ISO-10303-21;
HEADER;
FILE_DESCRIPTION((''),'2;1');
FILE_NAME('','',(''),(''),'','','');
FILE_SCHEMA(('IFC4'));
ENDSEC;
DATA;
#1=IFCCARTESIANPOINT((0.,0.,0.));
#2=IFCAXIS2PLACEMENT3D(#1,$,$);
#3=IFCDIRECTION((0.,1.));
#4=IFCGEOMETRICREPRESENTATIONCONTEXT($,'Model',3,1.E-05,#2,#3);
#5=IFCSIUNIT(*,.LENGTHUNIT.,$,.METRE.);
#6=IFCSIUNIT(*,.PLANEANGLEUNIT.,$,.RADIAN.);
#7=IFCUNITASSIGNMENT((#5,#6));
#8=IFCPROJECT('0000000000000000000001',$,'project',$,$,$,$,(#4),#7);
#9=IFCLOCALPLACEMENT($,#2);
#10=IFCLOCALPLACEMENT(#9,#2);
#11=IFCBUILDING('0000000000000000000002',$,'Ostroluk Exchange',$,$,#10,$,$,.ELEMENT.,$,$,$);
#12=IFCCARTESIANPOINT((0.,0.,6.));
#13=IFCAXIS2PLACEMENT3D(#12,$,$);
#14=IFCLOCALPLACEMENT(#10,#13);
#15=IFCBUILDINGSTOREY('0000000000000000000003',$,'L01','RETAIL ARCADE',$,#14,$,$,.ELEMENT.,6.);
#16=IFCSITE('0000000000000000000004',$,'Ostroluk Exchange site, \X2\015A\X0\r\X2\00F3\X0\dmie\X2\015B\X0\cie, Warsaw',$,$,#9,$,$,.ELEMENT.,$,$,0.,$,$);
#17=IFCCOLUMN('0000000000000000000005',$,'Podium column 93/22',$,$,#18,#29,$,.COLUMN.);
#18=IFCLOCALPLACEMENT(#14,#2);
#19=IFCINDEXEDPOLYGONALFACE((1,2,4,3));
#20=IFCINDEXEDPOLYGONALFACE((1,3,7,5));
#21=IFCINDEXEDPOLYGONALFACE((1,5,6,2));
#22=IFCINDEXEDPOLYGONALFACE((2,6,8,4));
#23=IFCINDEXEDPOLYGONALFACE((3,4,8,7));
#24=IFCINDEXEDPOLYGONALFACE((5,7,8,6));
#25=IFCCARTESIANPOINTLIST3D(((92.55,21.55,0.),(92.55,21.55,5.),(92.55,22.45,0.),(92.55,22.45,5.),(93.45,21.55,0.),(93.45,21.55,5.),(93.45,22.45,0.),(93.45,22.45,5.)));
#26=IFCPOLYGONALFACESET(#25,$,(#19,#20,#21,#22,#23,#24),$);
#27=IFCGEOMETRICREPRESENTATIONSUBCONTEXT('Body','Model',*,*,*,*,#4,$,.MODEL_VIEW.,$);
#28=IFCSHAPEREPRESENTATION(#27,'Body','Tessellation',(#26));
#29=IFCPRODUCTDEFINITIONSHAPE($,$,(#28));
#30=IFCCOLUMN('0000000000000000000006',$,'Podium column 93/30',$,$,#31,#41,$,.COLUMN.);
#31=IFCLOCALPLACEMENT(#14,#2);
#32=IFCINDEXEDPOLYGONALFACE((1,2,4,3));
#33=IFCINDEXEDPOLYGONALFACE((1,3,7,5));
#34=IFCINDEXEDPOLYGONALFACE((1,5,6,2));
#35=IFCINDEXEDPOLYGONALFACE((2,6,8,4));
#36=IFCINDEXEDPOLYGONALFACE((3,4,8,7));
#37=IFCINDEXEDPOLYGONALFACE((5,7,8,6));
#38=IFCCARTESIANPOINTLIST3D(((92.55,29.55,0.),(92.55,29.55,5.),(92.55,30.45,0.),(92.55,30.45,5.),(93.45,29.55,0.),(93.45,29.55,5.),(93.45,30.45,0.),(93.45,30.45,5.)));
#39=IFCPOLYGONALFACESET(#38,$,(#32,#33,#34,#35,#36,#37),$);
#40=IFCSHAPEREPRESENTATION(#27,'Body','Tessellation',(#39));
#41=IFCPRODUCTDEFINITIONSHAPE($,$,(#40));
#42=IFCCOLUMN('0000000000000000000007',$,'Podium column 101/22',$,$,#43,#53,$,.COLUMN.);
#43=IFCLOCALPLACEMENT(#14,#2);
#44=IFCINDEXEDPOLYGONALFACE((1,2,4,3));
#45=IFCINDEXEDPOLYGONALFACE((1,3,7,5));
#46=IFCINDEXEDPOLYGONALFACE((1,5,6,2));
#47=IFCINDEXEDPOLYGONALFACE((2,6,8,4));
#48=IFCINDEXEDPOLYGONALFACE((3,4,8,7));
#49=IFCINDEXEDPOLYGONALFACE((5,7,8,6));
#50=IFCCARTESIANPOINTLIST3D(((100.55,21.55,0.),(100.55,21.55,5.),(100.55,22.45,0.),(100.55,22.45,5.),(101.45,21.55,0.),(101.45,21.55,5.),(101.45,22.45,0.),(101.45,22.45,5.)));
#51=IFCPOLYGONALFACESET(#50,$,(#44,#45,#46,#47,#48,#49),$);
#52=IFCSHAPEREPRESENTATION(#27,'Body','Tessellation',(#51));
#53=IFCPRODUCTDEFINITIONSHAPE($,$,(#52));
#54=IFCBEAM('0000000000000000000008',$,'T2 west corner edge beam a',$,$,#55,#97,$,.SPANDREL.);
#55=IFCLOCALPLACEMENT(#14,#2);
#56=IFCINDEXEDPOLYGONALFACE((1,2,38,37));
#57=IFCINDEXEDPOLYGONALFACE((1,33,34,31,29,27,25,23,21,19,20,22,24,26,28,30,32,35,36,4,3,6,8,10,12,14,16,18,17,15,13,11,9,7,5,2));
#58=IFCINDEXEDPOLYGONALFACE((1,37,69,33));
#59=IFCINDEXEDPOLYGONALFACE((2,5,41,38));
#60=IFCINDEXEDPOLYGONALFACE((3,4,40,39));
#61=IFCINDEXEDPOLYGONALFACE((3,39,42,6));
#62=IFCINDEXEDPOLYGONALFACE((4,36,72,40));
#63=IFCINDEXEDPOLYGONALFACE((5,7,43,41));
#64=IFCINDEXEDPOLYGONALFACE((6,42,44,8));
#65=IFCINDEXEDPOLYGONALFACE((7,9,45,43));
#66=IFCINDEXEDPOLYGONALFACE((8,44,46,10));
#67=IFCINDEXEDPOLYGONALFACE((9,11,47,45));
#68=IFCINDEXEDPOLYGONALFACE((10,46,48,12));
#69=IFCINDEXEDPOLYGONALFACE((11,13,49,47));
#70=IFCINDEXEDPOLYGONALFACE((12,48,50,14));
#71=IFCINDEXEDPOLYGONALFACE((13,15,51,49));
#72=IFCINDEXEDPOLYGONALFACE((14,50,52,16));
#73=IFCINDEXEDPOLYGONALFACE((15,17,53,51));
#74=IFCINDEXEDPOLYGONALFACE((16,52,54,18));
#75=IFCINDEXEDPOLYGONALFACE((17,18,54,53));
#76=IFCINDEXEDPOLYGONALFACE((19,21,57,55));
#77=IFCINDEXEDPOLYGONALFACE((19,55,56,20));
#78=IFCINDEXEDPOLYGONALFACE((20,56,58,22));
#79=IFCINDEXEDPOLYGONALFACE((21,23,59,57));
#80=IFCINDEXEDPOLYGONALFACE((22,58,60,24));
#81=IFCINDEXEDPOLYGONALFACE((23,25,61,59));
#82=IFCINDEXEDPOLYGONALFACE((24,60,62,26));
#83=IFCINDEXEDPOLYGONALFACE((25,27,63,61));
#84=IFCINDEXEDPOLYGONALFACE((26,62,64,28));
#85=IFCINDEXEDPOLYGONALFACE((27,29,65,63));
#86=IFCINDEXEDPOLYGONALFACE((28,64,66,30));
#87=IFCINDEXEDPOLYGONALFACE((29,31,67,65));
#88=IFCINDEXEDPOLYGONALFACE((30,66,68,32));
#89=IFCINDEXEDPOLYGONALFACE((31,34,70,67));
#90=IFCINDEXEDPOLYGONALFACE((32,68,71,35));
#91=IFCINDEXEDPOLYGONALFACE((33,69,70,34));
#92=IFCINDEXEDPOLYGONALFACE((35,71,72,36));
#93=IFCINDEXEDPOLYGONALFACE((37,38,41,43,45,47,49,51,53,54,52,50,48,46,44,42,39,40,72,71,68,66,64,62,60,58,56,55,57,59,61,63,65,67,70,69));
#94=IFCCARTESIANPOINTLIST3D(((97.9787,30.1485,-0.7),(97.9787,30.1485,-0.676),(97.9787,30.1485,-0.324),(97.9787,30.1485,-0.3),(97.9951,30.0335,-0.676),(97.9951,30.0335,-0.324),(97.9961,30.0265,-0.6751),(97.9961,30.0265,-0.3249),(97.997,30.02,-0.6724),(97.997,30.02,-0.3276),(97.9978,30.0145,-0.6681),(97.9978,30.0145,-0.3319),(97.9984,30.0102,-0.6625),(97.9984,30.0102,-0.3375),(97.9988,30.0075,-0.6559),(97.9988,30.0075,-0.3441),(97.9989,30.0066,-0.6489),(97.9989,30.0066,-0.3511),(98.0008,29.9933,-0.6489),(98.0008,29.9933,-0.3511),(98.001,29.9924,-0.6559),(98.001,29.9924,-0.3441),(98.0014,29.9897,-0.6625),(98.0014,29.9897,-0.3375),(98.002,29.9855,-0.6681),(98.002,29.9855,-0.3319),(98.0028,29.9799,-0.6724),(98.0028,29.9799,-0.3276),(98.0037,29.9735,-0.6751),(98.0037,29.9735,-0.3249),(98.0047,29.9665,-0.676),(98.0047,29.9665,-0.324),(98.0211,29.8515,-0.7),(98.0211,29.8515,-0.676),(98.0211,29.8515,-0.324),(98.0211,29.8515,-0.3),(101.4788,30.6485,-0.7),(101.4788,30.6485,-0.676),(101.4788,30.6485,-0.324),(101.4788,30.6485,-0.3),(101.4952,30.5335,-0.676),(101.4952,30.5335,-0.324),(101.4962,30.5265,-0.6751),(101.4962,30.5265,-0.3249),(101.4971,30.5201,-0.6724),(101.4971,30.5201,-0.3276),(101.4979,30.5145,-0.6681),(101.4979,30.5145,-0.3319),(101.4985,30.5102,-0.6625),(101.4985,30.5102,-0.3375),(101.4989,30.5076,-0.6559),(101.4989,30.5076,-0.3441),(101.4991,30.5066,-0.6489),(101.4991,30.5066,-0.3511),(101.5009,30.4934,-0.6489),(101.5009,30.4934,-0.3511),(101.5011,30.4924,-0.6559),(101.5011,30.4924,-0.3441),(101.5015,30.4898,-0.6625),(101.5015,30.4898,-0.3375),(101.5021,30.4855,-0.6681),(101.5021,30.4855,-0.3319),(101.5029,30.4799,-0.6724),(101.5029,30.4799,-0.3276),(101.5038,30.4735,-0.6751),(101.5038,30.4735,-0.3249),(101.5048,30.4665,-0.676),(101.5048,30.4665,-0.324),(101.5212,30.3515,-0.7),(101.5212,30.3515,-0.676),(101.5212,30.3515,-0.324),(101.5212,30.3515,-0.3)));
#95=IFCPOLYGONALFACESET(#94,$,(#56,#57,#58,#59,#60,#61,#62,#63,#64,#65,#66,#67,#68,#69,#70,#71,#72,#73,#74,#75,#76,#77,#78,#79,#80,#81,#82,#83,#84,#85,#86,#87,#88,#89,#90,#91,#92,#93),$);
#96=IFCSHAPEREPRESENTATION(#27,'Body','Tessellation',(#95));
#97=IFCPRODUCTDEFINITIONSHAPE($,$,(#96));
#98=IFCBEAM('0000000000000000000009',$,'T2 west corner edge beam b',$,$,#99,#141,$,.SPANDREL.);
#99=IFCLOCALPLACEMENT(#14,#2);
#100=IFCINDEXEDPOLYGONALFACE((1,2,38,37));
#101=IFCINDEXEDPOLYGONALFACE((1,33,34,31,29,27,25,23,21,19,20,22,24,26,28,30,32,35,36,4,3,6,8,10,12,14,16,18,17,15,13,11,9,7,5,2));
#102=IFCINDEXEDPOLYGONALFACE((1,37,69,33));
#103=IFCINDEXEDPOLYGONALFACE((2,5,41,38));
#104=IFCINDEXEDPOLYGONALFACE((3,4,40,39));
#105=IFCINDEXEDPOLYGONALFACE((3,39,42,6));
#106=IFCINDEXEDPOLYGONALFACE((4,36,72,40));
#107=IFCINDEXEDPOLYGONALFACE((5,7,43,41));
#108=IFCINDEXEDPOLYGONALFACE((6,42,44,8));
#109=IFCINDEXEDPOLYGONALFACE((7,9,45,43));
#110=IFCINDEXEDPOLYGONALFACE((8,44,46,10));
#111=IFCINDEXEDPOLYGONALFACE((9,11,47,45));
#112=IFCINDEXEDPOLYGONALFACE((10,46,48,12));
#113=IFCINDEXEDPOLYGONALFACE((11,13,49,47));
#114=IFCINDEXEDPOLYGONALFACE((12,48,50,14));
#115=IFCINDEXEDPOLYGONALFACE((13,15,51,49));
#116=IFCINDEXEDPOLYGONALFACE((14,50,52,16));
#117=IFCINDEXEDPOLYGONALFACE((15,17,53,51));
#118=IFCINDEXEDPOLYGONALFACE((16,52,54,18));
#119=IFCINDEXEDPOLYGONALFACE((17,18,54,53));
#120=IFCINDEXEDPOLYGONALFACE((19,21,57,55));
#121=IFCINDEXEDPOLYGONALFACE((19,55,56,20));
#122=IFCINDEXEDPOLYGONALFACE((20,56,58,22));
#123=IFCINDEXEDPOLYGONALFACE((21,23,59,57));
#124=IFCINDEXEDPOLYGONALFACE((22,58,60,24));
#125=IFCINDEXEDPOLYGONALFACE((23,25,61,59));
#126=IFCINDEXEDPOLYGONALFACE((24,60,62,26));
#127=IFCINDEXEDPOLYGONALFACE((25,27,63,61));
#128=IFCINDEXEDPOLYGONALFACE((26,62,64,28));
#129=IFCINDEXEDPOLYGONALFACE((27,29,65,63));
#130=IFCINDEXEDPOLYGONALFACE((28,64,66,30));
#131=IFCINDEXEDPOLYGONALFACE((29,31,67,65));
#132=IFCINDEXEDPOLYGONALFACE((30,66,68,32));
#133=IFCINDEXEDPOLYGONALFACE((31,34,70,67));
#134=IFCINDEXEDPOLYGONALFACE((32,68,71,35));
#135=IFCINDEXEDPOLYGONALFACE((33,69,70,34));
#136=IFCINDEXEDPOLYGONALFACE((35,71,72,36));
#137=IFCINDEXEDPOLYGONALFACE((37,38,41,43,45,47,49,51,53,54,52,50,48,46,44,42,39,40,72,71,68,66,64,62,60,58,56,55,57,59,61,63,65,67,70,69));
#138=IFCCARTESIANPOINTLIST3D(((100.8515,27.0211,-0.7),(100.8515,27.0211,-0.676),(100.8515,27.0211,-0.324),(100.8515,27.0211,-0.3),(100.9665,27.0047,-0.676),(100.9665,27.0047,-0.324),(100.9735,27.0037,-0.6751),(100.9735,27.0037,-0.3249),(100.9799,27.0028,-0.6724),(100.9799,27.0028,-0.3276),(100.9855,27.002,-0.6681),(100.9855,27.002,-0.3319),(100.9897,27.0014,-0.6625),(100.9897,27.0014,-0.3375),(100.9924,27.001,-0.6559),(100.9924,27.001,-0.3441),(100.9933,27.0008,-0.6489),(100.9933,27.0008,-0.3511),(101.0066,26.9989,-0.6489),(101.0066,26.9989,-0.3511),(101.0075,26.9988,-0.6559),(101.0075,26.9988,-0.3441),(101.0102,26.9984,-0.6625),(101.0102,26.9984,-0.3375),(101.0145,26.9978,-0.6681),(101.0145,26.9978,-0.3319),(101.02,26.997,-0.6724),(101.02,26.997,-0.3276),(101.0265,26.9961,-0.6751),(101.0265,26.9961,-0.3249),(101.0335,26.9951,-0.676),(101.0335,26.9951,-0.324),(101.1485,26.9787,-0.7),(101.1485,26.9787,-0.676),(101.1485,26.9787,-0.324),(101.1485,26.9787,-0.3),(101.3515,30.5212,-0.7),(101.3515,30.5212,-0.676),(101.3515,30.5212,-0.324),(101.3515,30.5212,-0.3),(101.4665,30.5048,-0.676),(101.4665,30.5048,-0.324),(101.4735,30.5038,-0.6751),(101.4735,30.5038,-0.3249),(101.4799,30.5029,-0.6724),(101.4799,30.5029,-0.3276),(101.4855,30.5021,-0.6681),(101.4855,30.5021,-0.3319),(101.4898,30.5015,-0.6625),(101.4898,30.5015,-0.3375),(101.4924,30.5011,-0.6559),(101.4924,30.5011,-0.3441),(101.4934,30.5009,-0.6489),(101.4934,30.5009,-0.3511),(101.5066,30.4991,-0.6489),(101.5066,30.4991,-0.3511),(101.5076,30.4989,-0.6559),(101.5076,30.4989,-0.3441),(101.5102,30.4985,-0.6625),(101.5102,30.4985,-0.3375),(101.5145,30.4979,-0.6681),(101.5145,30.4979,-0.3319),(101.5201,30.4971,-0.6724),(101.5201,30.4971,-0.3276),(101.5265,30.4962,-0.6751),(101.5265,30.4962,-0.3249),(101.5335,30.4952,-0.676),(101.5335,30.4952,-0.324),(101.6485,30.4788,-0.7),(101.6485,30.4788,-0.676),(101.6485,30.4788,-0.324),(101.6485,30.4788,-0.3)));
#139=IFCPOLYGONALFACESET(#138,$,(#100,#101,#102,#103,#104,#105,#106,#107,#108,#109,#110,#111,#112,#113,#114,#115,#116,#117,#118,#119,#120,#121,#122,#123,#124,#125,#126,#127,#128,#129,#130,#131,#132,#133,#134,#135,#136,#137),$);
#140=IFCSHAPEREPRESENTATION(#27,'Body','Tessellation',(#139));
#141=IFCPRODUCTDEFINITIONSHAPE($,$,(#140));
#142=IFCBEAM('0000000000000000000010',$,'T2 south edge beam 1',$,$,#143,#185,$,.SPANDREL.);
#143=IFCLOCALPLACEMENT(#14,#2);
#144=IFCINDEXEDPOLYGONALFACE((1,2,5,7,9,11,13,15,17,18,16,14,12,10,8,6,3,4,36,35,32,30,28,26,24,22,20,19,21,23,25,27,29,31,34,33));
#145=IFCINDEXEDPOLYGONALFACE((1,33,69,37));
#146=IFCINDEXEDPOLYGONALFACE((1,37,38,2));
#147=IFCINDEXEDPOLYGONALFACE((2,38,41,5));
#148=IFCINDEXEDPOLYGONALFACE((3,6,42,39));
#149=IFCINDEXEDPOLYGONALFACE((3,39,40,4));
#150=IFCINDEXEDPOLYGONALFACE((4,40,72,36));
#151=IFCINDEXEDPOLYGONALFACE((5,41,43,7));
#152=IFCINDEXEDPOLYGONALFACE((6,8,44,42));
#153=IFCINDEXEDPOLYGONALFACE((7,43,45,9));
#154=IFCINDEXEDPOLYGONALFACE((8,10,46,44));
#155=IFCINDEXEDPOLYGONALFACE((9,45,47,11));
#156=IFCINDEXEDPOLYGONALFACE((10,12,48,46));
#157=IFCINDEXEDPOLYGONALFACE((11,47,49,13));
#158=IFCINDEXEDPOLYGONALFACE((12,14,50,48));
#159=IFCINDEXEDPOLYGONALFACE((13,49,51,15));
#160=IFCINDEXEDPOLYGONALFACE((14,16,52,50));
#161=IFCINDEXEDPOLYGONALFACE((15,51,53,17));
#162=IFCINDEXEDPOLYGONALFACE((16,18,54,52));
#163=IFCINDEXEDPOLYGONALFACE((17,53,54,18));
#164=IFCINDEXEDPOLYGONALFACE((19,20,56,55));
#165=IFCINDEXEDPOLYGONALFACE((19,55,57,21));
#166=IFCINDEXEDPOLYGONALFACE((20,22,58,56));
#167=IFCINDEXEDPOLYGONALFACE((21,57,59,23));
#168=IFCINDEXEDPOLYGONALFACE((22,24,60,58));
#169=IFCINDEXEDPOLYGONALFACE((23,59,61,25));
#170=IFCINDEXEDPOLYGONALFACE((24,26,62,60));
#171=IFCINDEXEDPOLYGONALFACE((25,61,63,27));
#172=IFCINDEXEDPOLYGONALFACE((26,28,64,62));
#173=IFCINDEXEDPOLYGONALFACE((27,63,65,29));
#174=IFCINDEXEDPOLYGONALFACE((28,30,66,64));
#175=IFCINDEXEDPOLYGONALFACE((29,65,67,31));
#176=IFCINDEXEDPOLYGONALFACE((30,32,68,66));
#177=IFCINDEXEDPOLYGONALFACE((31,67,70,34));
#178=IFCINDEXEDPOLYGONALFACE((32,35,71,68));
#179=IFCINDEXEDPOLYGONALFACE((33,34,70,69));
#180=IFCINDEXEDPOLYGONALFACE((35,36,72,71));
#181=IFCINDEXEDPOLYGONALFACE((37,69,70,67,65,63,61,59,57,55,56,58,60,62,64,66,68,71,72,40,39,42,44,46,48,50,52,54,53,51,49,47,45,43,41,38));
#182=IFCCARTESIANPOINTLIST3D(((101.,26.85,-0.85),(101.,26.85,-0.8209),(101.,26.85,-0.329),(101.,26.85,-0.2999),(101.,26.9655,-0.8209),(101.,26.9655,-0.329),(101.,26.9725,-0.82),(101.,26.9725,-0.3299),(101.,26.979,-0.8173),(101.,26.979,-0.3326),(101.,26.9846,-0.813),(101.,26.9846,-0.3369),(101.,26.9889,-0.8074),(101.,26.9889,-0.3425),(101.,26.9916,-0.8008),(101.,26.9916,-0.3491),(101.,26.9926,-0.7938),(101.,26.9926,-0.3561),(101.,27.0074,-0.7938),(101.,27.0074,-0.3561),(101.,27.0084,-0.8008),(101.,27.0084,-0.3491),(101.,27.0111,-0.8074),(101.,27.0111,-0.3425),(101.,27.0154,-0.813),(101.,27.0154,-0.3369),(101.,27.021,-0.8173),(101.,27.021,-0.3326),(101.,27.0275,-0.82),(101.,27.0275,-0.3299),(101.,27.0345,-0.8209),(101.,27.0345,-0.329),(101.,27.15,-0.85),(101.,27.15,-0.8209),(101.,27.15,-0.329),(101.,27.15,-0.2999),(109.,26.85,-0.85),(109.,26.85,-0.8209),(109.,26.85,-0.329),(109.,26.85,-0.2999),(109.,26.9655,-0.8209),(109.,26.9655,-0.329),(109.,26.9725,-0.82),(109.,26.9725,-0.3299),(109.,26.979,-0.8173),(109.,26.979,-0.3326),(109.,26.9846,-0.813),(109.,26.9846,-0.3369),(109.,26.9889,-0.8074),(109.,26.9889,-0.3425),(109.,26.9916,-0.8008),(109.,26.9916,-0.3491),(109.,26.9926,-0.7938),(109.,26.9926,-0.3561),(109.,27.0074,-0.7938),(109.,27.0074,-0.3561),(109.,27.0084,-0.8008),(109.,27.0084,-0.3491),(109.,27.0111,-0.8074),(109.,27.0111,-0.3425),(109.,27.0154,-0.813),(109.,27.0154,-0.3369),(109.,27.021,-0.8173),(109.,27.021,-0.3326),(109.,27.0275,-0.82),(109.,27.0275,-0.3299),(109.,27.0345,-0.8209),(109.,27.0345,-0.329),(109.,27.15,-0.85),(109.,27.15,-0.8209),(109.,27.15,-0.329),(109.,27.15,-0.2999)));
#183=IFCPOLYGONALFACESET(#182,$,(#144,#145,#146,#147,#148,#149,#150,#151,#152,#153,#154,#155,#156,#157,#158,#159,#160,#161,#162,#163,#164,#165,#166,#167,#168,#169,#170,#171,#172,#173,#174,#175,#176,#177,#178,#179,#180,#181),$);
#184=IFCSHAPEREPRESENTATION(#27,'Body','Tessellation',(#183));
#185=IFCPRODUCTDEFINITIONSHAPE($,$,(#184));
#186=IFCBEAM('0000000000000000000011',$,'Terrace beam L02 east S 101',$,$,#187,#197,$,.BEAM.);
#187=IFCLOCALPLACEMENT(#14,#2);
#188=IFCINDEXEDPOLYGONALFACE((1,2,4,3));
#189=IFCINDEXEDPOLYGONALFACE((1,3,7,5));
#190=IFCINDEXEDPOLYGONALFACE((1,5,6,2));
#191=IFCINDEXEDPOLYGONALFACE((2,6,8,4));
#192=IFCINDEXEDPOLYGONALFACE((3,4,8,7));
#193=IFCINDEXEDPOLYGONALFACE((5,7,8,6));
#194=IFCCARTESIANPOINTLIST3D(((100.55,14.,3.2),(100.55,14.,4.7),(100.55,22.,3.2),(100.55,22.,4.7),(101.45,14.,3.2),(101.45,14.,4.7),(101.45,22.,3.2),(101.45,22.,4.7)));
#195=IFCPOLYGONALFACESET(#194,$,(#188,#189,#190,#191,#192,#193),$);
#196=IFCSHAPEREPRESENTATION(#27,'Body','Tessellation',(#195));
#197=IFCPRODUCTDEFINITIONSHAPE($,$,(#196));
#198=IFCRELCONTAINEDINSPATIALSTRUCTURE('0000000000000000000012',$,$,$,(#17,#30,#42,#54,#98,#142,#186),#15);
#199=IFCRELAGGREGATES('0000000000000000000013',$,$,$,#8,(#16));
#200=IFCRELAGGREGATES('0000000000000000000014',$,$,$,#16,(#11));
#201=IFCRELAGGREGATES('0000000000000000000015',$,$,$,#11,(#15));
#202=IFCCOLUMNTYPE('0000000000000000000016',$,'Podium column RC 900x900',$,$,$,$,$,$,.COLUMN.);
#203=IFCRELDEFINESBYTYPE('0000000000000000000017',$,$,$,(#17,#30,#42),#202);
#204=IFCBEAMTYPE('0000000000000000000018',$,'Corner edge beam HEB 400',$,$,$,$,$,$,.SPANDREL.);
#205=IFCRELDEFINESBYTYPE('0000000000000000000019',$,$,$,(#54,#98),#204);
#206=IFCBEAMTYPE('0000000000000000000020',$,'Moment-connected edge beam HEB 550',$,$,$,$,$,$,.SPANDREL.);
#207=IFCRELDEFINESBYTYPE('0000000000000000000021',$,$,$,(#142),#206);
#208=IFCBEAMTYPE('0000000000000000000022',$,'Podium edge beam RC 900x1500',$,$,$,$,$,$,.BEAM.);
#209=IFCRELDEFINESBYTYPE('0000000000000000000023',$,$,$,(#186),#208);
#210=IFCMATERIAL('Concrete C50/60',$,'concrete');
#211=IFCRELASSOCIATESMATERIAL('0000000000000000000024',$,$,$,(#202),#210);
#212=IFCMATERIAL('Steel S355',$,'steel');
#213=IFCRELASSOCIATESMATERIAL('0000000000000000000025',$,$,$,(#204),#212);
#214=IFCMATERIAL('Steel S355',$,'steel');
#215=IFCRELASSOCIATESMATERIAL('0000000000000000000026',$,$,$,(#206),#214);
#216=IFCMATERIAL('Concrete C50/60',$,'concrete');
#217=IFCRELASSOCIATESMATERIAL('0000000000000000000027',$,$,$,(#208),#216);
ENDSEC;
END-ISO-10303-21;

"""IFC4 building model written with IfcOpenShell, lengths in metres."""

from ifc_helpers import new_model, si_unit, direction, frame, origin, origin_2d, place, context, subcontext, project, spatial, rectangle, i_section, extrude, material, material_profile, profile_set, type_object, element, save


model = new_model("IFC4")

# Units and contexts
model_context = context("Model", 3, precision=1e-05, world=origin(), true_north=direction((0.0, 1.0)))
body_context = subcontext(model_context, "Body", "Model", "MODEL_VIEW")
ifc_project = project(units=[si_unit("LENGTHUNIT", "METRE"), si_unit("PLANEANGLEUNIT", "RADIAN")], contexts=[model_context])

# Site, building, storey
site_placement = place(None, origin())
site = spatial("IfcSite", under=ifc_project, at=site_placement, Name="Ostroluk Exchange site, Śródmieście, Warsaw", CompositionType="ELEMENT", RefElevation=0.0)
building_placement = place(site_placement, origin())
building = spatial("IfcBuilding", under=site, at=building_placement, Name="Ostroluk Exchange", CompositionType="ELEMENT")
storey_placement = place(building_placement, frame((0.0, 0.0, 6.0)))
storey = spatial("IfcBuildingStorey", under=building, at=storey_placement, Name="L01", Description="RETAIL ARCADE", CompositionType="ELEMENT", Elevation=6.0)

# Columns
ifc_material_1 = material(Name="Concrete C50/60", Category="concrete")
ifc_material_profile_1 = material_profile(ifc_material_1, rectangle(XDim=0.8999, YDim=0.8999, at=origin_2d()), Name="RC 900x900")
ifc_profile_set_1 = profile_set([ifc_material_profile_1], Name="Concrete C50/60")
column_type_1 = type_object("IfcColumnType", Name="Podium column RC 900x900", PredefinedType="COLUMN", material=ifc_profile_set_1)
for number, where, z_axis, x_axis, name in (
    (1, (93.0, 22.0, 0.0), (0.0, 0.0, 1.0), (1.0, 0.0, 0.0), "Podium column 93/22"),
    (2, (93.0, 30.0, 0.0), (0.0, 0.0, 1.0), (1.0, 0.0, 0.0), "Podium column 93/30"),
    (3, (101.0, 22.0, 0.0), (0.0, 0.0, 1.0), (1.0, 0.0, 0.0), "Podium column 101/22"),
):
    element("IfcColumn", number, at=place(storey_placement, frame(where, z_axis=z_axis, x_axis=x_axis)), inside=storey, type_object=column_type_1, Name=name, PredefinedType="COLUMN", context=body_context, shape_type="SweptSolid", body=[
        extrude(rectangle(XDim=0.8999, YDim=0.8999, at=origin_2d()), origin(), (0.0, 0.0, 1.0), 5.0),
    ])

# Beams
ifc_material_2 = material(Name="Steel S355", Category="steel")
ifc_material_profile_2 = material_profile(ifc_material_2, i_section(OverallWidth=0.3, OverallDepth=0.3999, WebThickness=0.0134, FlangeThickness=0.0239, FilletRadius=0.0271, at=origin_2d()), Name="HEB 400")
ifc_profile_set_2 = profile_set([ifc_material_profile_2], Name="Steel S355")
beam_type_1 = type_object("IfcBeamType", Name="Corner edge beam HEB 400", PredefinedType="SPANDREL", material=ifc_profile_set_2)
for number, where, z_axis, x_axis, name in (
    (4, (101.5, 30.5, -0.5), (-0.989949, -0.141421, 0.0), (0.141421, -0.989949, 0.0), "T2 west corner edge beam a"),
    (5, (101.5, 30.5, -0.5), (-0.141421, -0.989949, 0.0), (0.989949, -0.141421, 0.0), "T2 west corner edge beam b"),
):
    element("IfcBeam", number, at=place(storey_placement, frame(where, z_axis=z_axis, x_axis=x_axis)), inside=storey, type_object=beam_type_1, Name=name, PredefinedType="SPANDREL", context=body_context, shape_type="SweptSolid", body=[
        extrude(i_section(OverallWidth=0.3, OverallDepth=0.3999, WebThickness=0.0134, FlangeThickness=0.0239, FilletRadius=0.0271, at=origin_2d()), origin(), (0.0, 0.0, 1.0), 3.5356),
    ])
ifc_material_3 = material(Name="Steel S355", Category="steel")
ifc_material_profile_3 = material_profile(ifc_material_3, i_section(OverallWidth=0.3, OverallDepth=0.55, WebThickness=0.0149, FlangeThickness=0.0291, FilletRadius=0.0271, at=origin_2d()), Name="HEB 550")
ifc_profile_set_3 = profile_set([ifc_material_profile_3], Name="Steel S355")
beam_type_2 = type_object("IfcBeamType", Name="Moment-connected edge beam HEB 550", PredefinedType="SPANDREL", material=ifc_profile_set_3)
beam_placement = place(storey_placement, frame((101.0, 27.0, -0.575), z_axis=(1.0, 0.0, 0.0), x_axis=(0.0, 1.0, 0.0)))
element("IfcBeam", 6, at=beam_placement, inside=storey, type_object=beam_type_2, Name="T2 south edge beam 1", PredefinedType="SPANDREL", context=body_context, shape_type="SweptSolid", body=[
    extrude(i_section(OverallWidth=0.3, OverallDepth=0.55, WebThickness=0.0149, FlangeThickness=0.0291, FilletRadius=0.0271, at=origin_2d()), origin(), (0.0, 0.0, 1.0), 8.0),
])
ifc_material_4 = material(Name="Concrete C50/60", Category="concrete")
ifc_material_profile_4 = material_profile(ifc_material_4, rectangle(XDim=0.8999, YDim=1.5, at=origin_2d()), Name="RC 900x1500")
ifc_profile_set_4 = profile_set([ifc_material_profile_4], Name="Concrete C50/60")
beam_type_3 = type_object("IfcBeamType", Name="Podium edge beam RC 900x1500", PredefinedType="BEAM", material=ifc_profile_set_4)
for number, where, z_axis, x_axis, name in (
    (7, (101.0, 14.0, 3.95), (0.0, 1.0, 0.0), (-1.0, 0.0, 0.0), "Terrace beam L02 east S 101"),
):
    element("IfcBeam", number, at=place(storey_placement, frame(where, z_axis=z_axis, x_axis=x_axis)), inside=storey, type_object=beam_type_3, Name=name, PredefinedType="BEAM", context=body_context, shape_type="SweptSolid", body=[
        extrude(rectangle(XDim=0.8999, YDim=1.5, at=origin_2d()), origin(), (0.0, 0.0, 1.0), 8.0),
    ])

save(model, "model.ifc")
